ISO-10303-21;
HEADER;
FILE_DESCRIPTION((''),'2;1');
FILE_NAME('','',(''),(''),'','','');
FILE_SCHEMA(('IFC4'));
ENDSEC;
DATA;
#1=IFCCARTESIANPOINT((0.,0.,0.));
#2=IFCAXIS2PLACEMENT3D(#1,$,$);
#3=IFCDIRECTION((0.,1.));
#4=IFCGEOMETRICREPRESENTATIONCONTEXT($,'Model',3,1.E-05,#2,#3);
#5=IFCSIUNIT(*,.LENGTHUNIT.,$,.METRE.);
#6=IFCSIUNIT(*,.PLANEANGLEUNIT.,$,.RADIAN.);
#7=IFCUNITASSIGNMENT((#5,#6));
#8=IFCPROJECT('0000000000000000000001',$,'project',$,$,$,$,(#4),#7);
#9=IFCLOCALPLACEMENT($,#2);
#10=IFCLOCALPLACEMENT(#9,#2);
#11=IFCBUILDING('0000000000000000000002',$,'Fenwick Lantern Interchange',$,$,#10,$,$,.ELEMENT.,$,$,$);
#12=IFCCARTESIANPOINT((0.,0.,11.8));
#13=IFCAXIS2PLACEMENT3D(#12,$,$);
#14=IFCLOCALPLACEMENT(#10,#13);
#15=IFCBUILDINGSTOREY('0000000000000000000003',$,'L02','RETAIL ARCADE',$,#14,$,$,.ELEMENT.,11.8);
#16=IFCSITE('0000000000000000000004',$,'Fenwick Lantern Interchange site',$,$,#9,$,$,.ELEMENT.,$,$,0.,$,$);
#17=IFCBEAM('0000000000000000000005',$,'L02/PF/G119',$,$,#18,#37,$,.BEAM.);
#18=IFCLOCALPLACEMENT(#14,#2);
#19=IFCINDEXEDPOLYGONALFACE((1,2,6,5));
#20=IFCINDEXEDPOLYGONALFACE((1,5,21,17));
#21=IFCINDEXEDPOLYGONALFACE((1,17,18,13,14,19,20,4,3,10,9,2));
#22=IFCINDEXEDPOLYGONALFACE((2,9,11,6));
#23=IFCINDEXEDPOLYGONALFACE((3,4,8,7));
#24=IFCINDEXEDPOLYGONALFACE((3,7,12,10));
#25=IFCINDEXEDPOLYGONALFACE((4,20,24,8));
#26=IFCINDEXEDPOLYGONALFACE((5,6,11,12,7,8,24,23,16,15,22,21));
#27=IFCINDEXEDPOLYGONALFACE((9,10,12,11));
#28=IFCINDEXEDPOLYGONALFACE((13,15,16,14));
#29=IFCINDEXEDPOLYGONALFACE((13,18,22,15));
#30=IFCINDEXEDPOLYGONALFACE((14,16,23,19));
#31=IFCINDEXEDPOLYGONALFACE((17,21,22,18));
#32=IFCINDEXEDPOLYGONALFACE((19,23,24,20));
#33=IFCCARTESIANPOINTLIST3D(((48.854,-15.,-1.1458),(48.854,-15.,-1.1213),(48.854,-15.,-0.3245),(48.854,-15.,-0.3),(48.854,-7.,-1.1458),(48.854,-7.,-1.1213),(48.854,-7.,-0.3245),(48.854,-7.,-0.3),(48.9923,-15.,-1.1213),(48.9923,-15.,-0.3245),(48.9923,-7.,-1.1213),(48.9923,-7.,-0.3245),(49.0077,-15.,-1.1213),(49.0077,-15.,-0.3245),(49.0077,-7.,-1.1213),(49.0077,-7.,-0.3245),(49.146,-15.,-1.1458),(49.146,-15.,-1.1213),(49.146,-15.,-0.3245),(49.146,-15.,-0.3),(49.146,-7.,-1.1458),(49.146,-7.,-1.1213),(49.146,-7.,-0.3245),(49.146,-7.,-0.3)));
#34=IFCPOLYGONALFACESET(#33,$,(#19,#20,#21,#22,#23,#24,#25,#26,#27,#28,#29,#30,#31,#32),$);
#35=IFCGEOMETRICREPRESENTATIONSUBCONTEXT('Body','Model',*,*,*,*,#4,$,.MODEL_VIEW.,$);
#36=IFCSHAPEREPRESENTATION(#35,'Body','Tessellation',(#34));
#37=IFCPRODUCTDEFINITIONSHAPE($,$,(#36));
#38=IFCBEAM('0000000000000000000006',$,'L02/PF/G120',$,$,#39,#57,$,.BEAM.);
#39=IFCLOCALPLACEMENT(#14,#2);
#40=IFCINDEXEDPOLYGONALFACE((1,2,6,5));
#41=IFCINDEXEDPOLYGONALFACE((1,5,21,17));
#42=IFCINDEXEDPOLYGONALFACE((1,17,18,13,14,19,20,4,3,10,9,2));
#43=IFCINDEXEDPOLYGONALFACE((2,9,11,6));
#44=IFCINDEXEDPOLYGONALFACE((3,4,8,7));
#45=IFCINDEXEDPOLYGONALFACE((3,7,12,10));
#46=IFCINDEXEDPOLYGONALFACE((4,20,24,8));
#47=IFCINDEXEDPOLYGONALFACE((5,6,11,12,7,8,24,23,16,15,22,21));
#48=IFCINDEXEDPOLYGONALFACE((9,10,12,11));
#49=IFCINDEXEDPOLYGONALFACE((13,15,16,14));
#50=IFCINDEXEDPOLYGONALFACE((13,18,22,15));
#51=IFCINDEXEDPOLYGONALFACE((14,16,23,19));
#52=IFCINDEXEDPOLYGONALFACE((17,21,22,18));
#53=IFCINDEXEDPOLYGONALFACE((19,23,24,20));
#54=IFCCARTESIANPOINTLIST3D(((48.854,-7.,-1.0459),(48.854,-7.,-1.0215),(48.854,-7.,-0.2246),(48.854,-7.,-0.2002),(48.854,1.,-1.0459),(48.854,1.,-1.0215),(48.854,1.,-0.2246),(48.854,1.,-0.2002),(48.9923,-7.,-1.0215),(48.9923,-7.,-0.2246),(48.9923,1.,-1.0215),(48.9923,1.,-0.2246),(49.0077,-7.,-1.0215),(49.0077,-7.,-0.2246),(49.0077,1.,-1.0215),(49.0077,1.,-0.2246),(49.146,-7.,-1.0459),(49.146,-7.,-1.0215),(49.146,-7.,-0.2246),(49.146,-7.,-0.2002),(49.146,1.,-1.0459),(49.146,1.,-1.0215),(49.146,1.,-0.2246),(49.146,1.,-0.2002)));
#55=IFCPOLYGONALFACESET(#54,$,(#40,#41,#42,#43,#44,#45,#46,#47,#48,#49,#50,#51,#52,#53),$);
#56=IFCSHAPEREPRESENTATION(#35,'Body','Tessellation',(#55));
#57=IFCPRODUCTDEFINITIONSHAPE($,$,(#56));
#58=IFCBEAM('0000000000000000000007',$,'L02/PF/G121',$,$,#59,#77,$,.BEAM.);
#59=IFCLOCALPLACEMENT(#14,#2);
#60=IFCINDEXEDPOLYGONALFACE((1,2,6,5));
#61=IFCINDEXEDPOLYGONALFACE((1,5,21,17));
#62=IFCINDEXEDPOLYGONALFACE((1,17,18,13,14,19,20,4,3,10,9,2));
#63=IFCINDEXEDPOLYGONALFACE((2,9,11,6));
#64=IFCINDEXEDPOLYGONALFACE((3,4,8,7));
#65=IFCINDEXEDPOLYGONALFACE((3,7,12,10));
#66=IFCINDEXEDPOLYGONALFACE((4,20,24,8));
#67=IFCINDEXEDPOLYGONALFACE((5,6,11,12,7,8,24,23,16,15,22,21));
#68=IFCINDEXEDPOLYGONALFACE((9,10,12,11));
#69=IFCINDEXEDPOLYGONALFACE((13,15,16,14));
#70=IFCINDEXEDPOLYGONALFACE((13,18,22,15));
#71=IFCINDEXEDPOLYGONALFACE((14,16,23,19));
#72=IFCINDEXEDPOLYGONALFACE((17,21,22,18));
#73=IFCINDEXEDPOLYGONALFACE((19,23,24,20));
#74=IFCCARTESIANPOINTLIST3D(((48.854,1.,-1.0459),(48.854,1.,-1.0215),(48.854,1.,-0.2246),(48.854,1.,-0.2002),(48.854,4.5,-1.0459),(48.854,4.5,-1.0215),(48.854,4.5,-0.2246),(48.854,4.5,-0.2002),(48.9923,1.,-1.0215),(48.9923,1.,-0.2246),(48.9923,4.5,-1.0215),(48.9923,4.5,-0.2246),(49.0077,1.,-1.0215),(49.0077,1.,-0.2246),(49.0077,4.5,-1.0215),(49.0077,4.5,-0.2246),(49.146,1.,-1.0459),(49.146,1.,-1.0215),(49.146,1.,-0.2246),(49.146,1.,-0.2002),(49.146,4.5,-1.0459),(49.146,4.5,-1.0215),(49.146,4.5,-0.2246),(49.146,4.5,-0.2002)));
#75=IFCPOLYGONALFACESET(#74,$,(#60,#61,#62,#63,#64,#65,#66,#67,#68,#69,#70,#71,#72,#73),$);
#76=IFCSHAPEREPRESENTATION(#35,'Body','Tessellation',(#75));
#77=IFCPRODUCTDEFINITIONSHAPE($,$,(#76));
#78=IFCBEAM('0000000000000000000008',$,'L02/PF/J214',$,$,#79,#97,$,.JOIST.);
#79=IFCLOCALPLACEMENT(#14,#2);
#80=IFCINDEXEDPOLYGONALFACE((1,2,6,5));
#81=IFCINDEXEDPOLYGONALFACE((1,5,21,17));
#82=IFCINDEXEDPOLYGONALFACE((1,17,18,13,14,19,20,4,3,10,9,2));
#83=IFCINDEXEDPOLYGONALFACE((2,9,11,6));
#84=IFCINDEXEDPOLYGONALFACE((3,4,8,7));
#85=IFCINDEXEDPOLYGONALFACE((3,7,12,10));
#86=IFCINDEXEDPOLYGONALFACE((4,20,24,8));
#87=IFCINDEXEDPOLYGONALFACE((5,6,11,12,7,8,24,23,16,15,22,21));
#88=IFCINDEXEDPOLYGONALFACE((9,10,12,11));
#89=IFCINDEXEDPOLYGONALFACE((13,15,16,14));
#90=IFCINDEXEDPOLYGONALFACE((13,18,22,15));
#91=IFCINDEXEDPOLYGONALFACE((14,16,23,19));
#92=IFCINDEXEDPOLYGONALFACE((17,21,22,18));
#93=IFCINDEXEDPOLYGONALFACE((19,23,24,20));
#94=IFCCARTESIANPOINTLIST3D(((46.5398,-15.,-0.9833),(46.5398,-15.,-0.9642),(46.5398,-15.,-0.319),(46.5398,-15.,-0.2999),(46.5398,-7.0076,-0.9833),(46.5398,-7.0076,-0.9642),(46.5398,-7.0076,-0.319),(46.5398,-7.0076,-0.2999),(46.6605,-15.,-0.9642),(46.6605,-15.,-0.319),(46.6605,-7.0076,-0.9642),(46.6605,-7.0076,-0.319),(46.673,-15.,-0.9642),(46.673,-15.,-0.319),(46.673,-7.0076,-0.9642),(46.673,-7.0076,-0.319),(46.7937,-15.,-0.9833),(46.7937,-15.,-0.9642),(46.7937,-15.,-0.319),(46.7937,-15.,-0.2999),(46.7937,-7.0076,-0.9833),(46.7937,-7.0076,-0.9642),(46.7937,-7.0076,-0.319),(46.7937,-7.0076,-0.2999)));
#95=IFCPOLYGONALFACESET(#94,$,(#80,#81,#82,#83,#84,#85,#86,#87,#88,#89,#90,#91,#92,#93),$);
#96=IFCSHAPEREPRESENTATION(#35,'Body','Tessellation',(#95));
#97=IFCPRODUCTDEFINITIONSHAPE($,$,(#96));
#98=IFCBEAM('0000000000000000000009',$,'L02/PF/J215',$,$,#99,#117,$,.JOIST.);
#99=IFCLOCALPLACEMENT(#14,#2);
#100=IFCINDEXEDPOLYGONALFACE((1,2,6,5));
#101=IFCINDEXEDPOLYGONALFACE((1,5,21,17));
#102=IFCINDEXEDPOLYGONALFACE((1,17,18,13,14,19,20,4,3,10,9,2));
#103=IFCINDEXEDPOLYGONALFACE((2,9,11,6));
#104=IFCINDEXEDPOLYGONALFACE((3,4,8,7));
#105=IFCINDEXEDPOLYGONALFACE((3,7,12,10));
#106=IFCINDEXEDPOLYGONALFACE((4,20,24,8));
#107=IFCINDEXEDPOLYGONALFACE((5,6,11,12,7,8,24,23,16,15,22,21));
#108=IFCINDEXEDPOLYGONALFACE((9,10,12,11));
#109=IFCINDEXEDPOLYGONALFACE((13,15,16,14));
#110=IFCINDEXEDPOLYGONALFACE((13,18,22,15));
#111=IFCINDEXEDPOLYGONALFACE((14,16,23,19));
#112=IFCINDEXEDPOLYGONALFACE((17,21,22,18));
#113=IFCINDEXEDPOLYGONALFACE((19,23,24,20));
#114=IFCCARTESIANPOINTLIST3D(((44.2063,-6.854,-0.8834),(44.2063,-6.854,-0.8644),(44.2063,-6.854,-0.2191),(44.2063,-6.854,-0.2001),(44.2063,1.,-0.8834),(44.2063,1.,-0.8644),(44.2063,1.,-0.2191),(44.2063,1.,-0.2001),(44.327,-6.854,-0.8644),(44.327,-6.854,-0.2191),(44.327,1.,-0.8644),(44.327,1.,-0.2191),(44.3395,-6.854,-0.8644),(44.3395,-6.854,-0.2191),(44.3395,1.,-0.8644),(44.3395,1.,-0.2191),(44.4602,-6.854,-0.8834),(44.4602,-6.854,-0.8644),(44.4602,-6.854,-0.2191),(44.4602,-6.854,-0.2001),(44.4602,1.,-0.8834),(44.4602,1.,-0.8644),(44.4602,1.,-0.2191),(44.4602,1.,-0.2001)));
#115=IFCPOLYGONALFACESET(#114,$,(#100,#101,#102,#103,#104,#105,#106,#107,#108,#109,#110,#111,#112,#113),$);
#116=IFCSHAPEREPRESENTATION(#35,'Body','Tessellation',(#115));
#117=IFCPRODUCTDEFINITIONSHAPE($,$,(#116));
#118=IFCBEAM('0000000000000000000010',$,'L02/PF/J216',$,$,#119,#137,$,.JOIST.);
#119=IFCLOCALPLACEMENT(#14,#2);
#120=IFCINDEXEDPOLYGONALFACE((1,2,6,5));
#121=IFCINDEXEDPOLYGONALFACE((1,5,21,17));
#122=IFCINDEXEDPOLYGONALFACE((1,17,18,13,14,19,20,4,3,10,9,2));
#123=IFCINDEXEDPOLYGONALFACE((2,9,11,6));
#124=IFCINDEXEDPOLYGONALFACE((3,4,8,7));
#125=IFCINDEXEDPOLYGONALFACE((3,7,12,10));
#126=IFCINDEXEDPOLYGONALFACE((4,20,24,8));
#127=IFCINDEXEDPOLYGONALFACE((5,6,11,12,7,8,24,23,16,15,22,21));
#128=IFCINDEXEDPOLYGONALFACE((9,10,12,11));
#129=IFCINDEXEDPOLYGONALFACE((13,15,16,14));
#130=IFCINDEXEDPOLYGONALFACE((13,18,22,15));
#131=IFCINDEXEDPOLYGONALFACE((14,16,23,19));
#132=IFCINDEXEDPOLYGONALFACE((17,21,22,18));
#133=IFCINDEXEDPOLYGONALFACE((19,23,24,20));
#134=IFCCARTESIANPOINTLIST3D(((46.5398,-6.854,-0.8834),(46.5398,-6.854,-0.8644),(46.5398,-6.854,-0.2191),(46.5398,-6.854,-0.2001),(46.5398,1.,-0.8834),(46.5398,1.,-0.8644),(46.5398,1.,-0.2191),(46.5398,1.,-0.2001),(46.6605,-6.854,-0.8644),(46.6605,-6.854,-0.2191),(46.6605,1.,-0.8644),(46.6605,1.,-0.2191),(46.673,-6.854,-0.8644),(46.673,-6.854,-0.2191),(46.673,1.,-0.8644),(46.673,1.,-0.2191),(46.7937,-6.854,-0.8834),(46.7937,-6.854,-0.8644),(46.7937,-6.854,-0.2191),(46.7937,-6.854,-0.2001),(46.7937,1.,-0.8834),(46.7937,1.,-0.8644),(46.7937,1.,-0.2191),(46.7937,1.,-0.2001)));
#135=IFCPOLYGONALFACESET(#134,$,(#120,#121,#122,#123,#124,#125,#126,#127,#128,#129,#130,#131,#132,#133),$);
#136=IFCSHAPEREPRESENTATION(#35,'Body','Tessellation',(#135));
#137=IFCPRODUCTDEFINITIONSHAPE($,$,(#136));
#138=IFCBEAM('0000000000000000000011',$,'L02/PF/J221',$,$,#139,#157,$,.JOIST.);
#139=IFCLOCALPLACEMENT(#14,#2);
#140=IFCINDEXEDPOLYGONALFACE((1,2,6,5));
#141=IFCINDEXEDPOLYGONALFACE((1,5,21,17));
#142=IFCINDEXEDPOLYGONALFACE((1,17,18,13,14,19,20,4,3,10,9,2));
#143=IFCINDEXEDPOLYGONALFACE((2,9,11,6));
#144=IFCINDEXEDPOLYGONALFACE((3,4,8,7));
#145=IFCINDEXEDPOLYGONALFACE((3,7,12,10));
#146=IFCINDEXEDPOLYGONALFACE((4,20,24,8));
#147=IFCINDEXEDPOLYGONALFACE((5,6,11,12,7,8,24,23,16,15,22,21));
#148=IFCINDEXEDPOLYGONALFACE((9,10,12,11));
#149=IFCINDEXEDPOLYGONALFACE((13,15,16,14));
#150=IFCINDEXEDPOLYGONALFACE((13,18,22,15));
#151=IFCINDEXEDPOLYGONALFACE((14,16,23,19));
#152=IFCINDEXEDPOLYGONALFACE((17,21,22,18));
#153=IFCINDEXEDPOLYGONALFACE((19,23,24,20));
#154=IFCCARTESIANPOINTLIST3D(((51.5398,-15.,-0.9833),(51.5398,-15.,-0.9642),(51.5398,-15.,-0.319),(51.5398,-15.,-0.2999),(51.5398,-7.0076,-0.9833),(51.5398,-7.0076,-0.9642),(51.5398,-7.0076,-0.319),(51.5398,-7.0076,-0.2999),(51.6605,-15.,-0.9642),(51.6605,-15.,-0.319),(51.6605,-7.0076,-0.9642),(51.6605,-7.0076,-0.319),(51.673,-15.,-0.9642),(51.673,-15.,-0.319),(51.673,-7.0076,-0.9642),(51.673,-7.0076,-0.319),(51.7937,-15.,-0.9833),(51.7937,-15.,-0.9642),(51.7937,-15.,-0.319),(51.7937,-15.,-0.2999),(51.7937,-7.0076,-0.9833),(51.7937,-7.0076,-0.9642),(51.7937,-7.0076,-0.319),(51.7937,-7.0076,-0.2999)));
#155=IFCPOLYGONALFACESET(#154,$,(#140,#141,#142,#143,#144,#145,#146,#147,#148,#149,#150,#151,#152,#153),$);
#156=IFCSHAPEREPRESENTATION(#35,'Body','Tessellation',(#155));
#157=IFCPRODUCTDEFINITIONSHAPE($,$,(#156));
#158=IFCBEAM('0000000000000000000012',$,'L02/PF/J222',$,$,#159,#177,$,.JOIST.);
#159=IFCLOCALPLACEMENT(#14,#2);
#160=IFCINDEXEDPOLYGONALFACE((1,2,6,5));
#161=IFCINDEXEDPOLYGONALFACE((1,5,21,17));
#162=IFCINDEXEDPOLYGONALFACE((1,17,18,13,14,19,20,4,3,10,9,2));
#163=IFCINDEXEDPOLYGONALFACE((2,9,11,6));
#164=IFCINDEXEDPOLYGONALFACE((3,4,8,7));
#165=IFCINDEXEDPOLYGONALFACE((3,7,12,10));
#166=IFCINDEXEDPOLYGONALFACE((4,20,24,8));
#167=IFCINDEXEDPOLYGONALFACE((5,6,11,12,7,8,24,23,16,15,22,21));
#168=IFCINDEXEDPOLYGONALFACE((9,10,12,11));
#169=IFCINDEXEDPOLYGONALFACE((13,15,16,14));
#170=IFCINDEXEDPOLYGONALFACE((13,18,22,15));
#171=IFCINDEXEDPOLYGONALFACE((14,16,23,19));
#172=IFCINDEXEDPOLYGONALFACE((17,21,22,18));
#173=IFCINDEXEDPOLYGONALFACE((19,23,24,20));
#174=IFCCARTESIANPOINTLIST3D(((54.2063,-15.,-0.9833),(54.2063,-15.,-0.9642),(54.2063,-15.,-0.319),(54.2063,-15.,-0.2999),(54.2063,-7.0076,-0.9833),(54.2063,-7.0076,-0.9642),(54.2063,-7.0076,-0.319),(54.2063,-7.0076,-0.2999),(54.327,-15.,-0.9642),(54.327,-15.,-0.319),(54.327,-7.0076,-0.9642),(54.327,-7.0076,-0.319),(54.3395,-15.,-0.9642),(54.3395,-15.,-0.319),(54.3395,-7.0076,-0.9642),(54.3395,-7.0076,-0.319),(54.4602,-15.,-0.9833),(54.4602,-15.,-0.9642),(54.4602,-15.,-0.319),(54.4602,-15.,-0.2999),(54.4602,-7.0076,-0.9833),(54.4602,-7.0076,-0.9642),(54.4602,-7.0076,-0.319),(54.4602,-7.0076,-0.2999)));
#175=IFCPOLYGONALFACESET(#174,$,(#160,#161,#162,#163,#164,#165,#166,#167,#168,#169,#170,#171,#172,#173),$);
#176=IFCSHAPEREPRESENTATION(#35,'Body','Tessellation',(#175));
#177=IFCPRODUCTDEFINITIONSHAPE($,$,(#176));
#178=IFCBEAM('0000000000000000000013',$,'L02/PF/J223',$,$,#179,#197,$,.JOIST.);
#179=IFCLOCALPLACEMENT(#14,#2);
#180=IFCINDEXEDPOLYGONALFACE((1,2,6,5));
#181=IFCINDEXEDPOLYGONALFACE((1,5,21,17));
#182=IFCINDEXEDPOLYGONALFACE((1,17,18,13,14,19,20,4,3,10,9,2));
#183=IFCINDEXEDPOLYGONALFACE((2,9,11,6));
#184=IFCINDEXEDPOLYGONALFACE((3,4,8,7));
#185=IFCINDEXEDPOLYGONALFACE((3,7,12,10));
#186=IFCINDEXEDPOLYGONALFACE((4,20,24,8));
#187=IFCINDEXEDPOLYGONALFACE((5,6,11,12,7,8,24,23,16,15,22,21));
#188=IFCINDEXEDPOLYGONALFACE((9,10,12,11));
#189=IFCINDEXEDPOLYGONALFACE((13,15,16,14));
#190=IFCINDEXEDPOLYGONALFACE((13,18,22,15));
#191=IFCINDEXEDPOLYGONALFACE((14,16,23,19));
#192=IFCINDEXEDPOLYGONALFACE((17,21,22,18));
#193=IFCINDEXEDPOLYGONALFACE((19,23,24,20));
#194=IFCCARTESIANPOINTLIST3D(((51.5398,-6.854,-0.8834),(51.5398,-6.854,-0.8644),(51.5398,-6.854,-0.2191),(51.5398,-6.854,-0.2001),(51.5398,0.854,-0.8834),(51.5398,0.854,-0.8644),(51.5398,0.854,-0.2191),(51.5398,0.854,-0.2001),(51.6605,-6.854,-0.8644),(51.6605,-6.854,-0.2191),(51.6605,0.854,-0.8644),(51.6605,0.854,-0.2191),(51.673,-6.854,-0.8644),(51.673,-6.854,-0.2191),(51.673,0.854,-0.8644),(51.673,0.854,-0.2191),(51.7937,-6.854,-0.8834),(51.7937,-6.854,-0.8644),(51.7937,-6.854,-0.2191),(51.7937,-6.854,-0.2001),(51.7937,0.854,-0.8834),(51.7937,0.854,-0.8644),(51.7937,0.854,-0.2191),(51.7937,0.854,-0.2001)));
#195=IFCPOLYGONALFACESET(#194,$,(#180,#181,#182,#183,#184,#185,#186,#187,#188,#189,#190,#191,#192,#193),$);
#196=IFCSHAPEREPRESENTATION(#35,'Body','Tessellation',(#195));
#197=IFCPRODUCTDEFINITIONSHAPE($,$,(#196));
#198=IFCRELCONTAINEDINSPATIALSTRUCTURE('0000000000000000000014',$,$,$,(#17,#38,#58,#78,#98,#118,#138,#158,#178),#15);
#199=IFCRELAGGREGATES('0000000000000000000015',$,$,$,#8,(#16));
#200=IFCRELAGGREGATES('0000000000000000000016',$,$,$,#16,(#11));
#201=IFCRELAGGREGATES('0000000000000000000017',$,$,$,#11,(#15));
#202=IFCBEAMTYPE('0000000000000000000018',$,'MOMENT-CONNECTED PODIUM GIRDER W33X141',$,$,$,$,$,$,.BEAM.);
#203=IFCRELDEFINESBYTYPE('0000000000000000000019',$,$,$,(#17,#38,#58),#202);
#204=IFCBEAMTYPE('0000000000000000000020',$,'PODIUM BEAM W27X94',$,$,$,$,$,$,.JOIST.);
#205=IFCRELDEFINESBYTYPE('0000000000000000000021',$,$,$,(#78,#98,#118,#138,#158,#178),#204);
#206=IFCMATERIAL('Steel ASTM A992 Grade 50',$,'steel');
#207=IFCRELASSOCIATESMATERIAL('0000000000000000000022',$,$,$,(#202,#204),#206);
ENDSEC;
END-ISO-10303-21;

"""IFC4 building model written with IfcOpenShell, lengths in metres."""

from ifc_helpers import new_model, si_unit, direction, frame, origin, origin_2d, place, context, subcontext, project, spatial, i_section, extrude, material, material_profile, profile_set, type_object, element, save


model = new_model("IFC4")

# Units and contexts
model_context = context("Model", 3, precision=1e-05, world=origin(), true_north=direction((0.0, 1.0)))
body_context = subcontext(model_context, "Body", "Model", "MODEL_VIEW")
ifc_project = project(units=[si_unit("LENGTHUNIT", "METRE"), si_unit("PLANEANGLEUNIT", "RADIAN")], contexts=[model_context])

# Site, building, storey
site_placement = place(None, origin())
site = spatial("IfcSite", under=ifc_project, at=site_placement, Name="Fenwick Lantern Interchange site", CompositionType="ELEMENT", RefElevation=0.0)
building_placement = place(site_placement, origin())
building = spatial("IfcBuilding", under=site, at=building_placement, Name="Fenwick Lantern Interchange", CompositionType="ELEMENT")
storey_placement = place(building_placement, frame((0.0, 0.0, 11.8)))
storey = spatial("IfcBuildingStorey", under=building, at=storey_placement, Name="L02", Description="RETAIL ARCADE", CompositionType="ELEMENT", Elevation=11.8)

# Shared definitions
ifc_material_1 = material(Name="Steel ASTM A992 Grade 50", Category="steel")

# Beams
ifc_material_profile_1 = material_profile(ifc_material_1, i_section(OverallWidth=0.292, OverallDepth=0.8457, WebThickness=0.0154, FlangeThickness=0.0244, at=origin_2d()), Name="W33X141")
ifc_profile_set_1 = profile_set([ifc_material_profile_1], Name="Steel ASTM A992 Grade 50")
beam_type_1 = type_object("IfcBeamType", Name="MOMENT-CONNECTED PODIUM GIRDER W33X141", PredefinedType="BEAM", material=ifc_profile_set_1)
for number, where, z_axis, x_axis, name in (
    (1, (49.0, -15.0, -0.7229), (0.0, 1.0, 0.0), (-1.0, 0.0, 0.0), "L02/PF/G119"),
    (2, (49.0, -7.0, -0.623), (0.0, 1.0, 0.0), (-1.0, 0.0, 0.0), "L02/PF/G120"),
):
    element("IfcBeam", number, at=place(storey_placement, frame(where, z_axis=z_axis, x_axis=x_axis)), inside=storey, type_object=beam_type_1, Name=name, PredefinedType="BEAM", context=body_context, shape_type="SweptSolid", body=[
        extrude(i_section(OverallWidth=0.292, OverallDepth=0.8457, WebThickness=0.0154, FlangeThickness=0.0244, at=origin_2d()), origin(), (0.0, 0.0, 1.0), 8.0),
    ])
beam_1_placement = place(storey_placement, frame((49.0, 1.0, -0.623), z_axis=(0.0, 1.0, 0.0), x_axis=(-1.0, 0.0, 0.0)))
element("IfcBeam", 3, at=beam_1_placement, inside=storey, type_object=beam_type_1, Name="L02/PF/G121", PredefinedType="BEAM", context=body_context, shape_type="SweptSolid", body=[
    extrude(i_section(OverallWidth=0.292, OverallDepth=0.8457, WebThickness=0.0154, FlangeThickness=0.0244, at=origin_2d()), origin(), (0.0, 0.0, 1.0), 3.5),
])
ifc_material_profile_2 = material_profile(ifc_material_1, i_section(OverallWidth=0.2539, OverallDepth=0.6833, WebThickness=0.0125, FlangeThickness=0.019, at=origin_2d()), Name="W27X94")
ifc_profile_set_2 = profile_set([ifc_material_profile_2], Name="Steel ASTM A992 Grade 50")
beam_type_2 = type_object("IfcBeamType", Name="PODIUM BEAM W27X94", PredefinedType="JOIST", material=ifc_profile_set_2)
beam_2_placement = place(storey_placement, frame((46.6667, -15.0, -0.6416), z_axis=(0.0, 1.0, 0.0), x_axis=(-1.0, 0.0, 0.0)))
element("IfcBeam", 4, at=beam_2_placement, inside=storey, type_object=beam_type_2, Name="L02/PF/J214", PredefinedType="JOIST", context=body_context, shape_type="SweptSolid", body=[
    extrude(i_section(OverallWidth=0.2539, OverallDepth=0.6833, WebThickness=0.0125, FlangeThickness=0.019, at=origin_2d()), origin(), (0.0, 0.0, 1.0), 7.9924),
])
for number, where, z_axis, x_axis, name in (
    (5, (44.3333, -6.854, -0.5417), (0.0, 1.0, 0.0), (-1.0, 0.0, 0.0), "L02/PF/J215"),
    (6, (46.6667, -6.854, -0.5417), (0.0, 1.0, 0.0), (-1.0, 0.0, 0.0), "L02/PF/J216"),
):
    element("IfcBeam", number, at=place(storey_placement, frame(where, z_axis=z_axis, x_axis=x_axis)), inside=storey, type_object=beam_type_2, Name=name, PredefinedType="JOIST", context=body_context, shape_type="SweptSolid", body=[
        extrude(i_section(OverallWidth=0.2539, OverallDepth=0.6833, WebThickness=0.0125, FlangeThickness=0.019, at=origin_2d()), origin(), (0.0, 0.0, 1.0), 7.854),
    ])
for number, where, z_axis, x_axis, name in (
    (7, (51.6667, -15.0, -0.6416), (0.0, 1.0, 0.0), (-1.0, 0.0, 0.0), "L02/PF/J221"),
    (8, (54.3333, -15.0, -0.6416), (0.0, 1.0, 0.0), (-1.0, 0.0, 0.0), "L02/PF/J222"),
):
    element("IfcBeam", number, at=place(storey_placement, frame(where, z_axis=z_axis, x_axis=x_axis)), inside=storey, type_object=beam_type_2, Name=name, PredefinedType="JOIST", context=body_context, shape_type="SweptSolid", body=[
        extrude(i_section(OverallWidth=0.2539, OverallDepth=0.6833, WebThickness=0.0125, FlangeThickness=0.019, at=origin_2d()), origin(), (0.0, 0.0, 1.0), 7.9924),
    ])
for number, where, z_axis, x_axis, name in (
    (9, (51.6667, -6.854, -0.5417), (0.0, 1.0, 0.0), (-1.0, 0.0, 0.0), "L02/PF/J223"),
):
    element("IfcBeam", number, at=place(storey_placement, frame(where, z_axis=z_axis, x_axis=x_axis)), inside=storey, type_object=beam_type_2, Name=name, PredefinedType="JOIST", context=body_context, shape_type="SweptSolid", body=[
        extrude(i_section(OverallWidth=0.2539, OverallDepth=0.6833, WebThickness=0.0125, FlangeThickness=0.019, at=origin_2d()), origin(), (0.0, 0.0, 1.0), 7.708),
    ])

save(model, "model.ifc")
